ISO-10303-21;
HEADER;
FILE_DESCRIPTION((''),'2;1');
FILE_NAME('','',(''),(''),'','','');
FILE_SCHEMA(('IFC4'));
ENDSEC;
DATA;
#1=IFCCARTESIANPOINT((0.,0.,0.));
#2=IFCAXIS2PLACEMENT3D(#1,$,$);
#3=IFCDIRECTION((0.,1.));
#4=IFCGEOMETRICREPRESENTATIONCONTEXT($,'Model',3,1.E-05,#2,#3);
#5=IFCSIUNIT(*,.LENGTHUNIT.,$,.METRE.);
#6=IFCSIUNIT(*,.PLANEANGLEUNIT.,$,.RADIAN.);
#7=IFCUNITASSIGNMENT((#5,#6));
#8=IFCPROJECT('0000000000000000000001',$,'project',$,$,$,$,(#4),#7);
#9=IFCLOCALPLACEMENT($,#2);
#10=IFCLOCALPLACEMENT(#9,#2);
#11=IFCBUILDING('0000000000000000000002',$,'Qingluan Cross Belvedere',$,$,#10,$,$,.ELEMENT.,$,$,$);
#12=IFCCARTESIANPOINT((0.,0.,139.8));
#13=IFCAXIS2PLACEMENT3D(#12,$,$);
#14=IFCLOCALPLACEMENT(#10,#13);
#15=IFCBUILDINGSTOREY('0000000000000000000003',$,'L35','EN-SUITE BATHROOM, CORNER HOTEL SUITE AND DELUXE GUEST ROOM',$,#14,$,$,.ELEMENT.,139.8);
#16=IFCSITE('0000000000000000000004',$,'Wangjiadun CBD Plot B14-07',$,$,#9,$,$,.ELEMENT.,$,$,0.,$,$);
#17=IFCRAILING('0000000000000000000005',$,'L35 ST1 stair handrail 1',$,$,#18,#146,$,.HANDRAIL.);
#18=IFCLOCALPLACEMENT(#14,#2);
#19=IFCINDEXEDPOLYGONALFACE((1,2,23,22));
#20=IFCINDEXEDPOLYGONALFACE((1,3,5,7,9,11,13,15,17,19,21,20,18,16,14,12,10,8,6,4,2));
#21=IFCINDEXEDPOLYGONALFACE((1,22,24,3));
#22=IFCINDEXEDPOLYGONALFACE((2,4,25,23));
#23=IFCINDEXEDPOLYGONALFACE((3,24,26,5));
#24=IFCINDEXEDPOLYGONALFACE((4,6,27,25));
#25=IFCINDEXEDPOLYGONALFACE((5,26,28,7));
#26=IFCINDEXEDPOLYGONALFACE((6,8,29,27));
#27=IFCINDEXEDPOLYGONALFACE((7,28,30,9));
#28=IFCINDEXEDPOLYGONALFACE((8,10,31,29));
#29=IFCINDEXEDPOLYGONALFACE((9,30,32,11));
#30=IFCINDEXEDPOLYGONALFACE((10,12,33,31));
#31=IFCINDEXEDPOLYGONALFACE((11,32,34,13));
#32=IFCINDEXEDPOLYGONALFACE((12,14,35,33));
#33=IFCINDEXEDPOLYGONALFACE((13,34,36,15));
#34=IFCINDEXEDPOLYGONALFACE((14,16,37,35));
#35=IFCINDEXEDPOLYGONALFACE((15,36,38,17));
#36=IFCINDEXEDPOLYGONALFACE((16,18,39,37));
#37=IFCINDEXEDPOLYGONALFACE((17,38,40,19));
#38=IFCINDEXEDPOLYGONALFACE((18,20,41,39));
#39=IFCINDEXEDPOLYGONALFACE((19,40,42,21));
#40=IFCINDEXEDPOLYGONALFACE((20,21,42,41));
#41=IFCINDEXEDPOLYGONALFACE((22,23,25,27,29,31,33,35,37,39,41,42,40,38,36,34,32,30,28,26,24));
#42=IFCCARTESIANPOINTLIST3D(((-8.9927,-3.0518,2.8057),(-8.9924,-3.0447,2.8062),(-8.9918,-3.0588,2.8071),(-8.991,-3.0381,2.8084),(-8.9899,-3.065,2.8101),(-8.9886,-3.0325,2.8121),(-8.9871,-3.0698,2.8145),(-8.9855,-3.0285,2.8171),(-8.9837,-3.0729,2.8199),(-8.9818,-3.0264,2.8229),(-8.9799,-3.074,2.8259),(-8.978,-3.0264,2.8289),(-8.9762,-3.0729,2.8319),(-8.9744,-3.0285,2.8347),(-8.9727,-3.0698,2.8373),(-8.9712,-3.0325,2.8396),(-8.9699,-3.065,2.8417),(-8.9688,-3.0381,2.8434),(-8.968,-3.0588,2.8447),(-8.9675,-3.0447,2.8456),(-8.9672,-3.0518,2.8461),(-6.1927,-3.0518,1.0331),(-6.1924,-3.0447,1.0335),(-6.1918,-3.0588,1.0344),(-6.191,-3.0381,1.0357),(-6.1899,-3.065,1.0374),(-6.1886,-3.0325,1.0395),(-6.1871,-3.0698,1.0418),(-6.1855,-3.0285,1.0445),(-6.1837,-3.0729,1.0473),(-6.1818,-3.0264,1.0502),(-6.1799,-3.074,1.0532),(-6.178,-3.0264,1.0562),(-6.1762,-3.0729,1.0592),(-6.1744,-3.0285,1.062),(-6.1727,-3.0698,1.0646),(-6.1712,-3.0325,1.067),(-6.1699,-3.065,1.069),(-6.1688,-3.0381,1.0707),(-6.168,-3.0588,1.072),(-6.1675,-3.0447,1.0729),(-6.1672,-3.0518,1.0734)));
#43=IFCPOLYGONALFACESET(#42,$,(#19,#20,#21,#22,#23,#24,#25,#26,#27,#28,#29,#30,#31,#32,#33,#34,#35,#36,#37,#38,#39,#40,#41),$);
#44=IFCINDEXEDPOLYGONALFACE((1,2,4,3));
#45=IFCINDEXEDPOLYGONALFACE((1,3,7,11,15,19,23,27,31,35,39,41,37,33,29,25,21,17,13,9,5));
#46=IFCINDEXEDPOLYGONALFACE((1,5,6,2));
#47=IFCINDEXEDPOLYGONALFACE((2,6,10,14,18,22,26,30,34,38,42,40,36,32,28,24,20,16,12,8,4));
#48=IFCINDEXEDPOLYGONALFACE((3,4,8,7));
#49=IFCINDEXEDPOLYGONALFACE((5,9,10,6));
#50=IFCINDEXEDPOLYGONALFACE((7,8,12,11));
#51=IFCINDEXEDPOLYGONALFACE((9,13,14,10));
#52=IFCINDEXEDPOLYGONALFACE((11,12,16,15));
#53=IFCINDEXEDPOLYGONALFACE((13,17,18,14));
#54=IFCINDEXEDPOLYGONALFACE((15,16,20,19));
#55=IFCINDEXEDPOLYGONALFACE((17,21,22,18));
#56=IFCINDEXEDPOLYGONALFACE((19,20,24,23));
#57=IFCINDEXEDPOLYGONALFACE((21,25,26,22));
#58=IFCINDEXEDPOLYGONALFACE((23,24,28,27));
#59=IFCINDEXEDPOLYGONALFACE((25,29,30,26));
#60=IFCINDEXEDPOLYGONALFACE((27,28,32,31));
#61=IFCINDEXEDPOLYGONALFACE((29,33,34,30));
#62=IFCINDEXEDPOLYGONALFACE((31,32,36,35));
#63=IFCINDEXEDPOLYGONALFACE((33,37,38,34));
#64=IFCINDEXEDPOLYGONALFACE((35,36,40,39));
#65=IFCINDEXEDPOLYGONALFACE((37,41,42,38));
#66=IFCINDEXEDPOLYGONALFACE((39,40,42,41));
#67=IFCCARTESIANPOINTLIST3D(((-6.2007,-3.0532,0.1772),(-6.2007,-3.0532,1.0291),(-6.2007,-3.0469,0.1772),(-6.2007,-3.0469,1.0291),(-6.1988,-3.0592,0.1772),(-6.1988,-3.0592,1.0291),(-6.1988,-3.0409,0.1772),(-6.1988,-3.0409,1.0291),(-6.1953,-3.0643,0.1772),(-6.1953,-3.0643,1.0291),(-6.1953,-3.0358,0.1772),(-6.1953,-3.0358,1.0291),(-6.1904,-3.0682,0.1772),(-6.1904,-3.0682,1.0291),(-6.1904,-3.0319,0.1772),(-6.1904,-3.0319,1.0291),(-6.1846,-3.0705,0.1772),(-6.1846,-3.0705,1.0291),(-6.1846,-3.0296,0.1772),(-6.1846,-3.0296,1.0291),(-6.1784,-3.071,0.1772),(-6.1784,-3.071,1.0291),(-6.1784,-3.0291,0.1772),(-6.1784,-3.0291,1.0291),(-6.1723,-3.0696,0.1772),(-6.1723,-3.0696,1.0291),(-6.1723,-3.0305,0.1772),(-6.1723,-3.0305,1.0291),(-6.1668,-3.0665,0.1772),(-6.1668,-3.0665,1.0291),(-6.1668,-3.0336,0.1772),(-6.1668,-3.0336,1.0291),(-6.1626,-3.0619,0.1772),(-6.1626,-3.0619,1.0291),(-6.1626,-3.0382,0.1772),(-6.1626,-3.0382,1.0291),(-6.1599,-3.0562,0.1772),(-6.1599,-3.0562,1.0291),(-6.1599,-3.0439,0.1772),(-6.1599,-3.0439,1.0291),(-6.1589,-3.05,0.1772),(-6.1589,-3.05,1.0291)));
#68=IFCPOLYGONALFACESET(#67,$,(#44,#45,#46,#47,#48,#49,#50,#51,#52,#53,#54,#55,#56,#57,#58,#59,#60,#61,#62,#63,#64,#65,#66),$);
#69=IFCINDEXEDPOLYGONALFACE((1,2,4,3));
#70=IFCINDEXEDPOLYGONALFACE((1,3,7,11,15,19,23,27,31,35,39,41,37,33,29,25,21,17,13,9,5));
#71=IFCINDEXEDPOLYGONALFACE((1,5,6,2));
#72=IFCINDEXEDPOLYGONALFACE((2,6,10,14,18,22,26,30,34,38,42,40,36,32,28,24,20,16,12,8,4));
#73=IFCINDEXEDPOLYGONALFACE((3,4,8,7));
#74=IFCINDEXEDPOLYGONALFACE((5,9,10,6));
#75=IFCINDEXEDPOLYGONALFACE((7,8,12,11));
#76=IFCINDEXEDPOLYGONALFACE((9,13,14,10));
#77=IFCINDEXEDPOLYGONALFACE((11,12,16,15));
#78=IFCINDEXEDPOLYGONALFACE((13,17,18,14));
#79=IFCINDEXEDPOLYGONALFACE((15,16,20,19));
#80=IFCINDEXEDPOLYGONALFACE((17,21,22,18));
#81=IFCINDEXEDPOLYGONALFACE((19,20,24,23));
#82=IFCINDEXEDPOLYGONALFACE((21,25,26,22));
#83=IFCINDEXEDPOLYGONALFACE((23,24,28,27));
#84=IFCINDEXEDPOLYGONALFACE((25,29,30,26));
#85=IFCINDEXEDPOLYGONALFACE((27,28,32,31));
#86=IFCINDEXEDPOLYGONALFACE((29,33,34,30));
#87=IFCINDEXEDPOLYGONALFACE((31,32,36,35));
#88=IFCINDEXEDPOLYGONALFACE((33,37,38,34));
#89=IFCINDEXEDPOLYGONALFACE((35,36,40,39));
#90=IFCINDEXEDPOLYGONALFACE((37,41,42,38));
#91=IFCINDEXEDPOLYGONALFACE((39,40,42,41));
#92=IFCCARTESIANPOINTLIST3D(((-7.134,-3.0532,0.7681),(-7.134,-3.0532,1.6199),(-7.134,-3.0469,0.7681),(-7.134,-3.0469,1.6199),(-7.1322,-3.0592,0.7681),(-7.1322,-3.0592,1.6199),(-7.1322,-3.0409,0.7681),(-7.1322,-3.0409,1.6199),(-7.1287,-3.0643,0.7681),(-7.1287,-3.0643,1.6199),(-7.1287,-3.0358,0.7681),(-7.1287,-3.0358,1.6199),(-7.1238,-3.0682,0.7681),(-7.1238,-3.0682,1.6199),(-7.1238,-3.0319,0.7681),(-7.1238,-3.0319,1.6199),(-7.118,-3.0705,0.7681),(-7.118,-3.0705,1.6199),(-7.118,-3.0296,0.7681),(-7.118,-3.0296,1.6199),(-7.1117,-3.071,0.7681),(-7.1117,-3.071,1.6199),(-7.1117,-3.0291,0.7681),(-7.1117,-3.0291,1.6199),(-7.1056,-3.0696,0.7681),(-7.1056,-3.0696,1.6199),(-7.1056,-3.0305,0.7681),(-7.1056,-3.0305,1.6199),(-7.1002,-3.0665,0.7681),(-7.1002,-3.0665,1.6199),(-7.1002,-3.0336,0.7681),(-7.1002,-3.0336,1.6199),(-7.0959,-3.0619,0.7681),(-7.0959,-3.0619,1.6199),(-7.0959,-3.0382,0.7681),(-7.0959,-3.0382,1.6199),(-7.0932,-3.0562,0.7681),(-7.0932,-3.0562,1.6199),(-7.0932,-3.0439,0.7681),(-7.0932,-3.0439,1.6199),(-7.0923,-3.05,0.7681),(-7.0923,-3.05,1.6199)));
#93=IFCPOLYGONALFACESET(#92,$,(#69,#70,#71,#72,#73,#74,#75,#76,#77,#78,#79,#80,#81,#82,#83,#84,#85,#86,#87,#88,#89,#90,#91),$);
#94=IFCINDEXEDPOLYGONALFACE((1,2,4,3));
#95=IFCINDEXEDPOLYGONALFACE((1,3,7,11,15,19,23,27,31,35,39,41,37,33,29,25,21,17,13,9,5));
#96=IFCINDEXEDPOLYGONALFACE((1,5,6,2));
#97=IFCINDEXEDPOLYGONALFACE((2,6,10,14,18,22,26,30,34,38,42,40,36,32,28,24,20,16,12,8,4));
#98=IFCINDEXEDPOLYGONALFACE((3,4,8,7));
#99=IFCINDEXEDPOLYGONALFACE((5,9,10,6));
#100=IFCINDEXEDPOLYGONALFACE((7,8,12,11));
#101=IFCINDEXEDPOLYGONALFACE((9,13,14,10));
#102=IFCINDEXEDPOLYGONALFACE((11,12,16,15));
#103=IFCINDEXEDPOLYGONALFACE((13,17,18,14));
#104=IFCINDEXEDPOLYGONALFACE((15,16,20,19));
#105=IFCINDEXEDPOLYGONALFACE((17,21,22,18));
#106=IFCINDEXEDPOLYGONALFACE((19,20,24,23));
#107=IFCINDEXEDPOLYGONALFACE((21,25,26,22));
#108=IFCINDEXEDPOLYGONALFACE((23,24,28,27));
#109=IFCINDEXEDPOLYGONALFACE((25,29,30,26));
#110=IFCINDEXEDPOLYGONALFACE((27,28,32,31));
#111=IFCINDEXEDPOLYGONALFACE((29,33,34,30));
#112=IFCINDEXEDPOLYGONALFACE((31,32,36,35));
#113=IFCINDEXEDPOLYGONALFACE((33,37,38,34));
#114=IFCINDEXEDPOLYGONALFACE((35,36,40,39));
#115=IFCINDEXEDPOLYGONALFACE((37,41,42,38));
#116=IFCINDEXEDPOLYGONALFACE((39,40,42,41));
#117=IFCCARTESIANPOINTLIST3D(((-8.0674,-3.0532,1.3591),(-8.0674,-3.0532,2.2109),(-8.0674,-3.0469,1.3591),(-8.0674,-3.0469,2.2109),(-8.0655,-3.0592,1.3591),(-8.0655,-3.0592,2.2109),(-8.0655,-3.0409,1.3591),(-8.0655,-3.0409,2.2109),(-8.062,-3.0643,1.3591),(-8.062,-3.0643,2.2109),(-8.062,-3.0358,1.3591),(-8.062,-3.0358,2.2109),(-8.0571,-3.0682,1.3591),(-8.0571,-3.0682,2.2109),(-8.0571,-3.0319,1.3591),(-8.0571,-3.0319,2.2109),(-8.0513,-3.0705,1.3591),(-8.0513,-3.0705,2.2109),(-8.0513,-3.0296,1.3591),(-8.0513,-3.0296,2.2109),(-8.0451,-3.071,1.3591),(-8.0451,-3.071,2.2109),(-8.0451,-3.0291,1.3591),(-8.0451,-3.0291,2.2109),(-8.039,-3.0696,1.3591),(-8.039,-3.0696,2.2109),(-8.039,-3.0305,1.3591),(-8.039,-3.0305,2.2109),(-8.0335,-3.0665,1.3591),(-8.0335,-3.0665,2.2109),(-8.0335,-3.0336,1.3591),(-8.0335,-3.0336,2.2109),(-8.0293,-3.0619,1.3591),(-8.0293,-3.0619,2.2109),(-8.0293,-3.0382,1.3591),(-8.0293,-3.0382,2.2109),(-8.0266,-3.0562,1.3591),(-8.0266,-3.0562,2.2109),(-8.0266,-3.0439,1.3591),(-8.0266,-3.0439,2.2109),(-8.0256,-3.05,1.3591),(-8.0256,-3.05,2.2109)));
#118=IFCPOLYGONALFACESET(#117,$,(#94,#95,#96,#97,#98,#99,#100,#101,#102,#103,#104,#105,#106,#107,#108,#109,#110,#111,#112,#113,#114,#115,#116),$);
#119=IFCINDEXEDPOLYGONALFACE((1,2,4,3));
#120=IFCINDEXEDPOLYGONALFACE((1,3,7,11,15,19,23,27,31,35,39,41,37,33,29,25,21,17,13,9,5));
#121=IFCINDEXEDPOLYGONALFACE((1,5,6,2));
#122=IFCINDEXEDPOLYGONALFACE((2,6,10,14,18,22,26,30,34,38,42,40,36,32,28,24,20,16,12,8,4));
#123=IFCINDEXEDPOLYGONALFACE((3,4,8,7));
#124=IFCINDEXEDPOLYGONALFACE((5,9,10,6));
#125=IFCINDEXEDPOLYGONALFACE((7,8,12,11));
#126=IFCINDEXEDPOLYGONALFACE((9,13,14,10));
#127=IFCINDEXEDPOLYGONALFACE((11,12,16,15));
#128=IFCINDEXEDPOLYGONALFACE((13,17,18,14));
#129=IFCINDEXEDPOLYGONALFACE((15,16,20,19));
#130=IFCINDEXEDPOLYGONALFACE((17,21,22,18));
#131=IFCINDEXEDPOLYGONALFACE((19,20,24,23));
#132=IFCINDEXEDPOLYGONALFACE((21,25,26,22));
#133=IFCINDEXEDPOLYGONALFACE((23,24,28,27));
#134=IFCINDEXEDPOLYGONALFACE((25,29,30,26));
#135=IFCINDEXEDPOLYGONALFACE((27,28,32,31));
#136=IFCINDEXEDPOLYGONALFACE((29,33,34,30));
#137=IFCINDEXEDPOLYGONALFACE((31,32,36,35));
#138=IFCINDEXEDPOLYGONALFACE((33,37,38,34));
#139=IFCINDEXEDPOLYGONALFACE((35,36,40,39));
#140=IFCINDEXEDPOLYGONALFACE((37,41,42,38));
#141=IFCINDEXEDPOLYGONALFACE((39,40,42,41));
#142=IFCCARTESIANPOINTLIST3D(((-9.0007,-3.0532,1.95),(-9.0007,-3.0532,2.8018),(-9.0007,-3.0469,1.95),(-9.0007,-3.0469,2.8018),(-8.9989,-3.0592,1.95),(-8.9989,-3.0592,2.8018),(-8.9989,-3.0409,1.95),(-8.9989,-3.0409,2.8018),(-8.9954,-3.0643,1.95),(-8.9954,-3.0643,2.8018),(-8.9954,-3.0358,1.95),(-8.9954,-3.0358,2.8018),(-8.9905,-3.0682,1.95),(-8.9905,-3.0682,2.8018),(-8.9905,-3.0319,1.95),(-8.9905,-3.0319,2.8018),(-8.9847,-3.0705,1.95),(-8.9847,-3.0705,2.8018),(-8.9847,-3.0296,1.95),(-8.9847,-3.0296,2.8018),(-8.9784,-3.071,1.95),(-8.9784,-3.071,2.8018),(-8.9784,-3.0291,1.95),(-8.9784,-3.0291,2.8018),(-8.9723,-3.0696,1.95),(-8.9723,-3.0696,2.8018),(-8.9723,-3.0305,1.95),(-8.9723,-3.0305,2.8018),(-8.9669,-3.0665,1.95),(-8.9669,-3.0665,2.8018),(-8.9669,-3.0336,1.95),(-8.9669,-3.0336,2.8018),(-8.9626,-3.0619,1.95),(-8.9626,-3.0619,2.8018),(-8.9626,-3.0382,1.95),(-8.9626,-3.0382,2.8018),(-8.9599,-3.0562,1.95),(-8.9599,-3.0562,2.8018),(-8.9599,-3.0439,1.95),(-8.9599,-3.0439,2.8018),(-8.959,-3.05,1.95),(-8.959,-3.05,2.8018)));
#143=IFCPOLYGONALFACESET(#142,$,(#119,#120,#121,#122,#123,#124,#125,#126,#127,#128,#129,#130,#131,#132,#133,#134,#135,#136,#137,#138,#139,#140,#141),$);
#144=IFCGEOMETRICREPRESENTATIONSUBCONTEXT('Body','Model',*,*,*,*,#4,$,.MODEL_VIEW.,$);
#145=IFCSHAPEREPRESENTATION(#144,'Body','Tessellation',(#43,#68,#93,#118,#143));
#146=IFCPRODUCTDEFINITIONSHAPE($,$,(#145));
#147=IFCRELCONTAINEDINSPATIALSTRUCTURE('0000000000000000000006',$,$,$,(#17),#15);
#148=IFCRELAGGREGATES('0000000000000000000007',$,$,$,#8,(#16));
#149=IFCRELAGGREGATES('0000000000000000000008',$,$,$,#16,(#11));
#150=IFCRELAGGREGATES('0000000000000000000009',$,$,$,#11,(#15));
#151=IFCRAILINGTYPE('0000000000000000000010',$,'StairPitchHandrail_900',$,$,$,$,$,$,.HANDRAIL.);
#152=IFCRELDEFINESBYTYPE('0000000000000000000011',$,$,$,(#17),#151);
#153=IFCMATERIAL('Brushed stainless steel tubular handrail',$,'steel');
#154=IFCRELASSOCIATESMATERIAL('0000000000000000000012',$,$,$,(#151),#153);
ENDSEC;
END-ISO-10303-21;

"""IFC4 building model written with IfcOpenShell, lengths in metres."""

from ifc_helpers import new_model, si_unit, direction, frame, origin, origin_2d, place, context, subcontext, project, spatial, circle, extrude, material, type_object, element, save


model = new_model("IFC4")

# Units and contexts
model_context = context("Model", 3, precision=1e-05, world=origin(), true_north=direction((0.0, 1.0)))
body_context = subcontext(model_context, "Body", "Model", "MODEL_VIEW")
ifc_project = project(units=[si_unit("LENGTHUNIT", "METRE"), si_unit("PLANEANGLEUNIT", "RADIAN")], contexts=[model_context])

# Site, building, storey
site_placement = place(None, origin())
site = spatial("IfcSite", under=ifc_project, at=site_placement, Name="Wangjiadun CBD Plot B14-07", CompositionType="ELEMENT", RefElevation=0.0)
building_placement = place(site_placement, origin())
building = spatial("IfcBuilding", under=site, at=building_placement, Name="Qingluan Cross Belvedere", CompositionType="ELEMENT")
storey_placement = place(building_placement, frame((0.0, 0.0, 139.8)))
storey = spatial("IfcBuildingStorey", under=building, at=storey_placement, Name="L35", Description="EN-SUITE BATHROOM, CORNER HOTEL SUITE AND DELUXE GUEST ROOM", CompositionType="ELEMENT", Elevation=139.8)

# Railing
ifc_material_1 = material(Name="Brushed stainless steel tubular handrail", Category="steel")
railing_type_1 = type_object("IfcRailingType", Name="StairPitchHandrail_900", PredefinedType="HANDRAIL", material=ifc_material_1)
railing_1_placement = place(storey_placement, frame((-6.1799, -3.05, 0.1772)))
element("IfcRailing", 1, at=railing_1_placement, inside=storey, type_object=railing_type_1, Name="L35 ST1 stair handrail 1", PredefinedType="HANDRAIL", context=body_context, shape_type="SweptSolid", body=[
    extrude(circle(Radius=0.0239, at=origin_2d()), frame((0.0, 0.0, 0.876), z_axis=(-0.844909, 0.0, 0.53491), x_axis=(0.0, -1.0, 0.0)), (0.0, 0.0, 1.0), 3.314),
    extrude(circle(Radius=0.021, at=origin_2d()), origin(), (0.0, 0.0, 1.0), 0.8518),
    extrude(circle(Radius=0.021, at=origin_2d()), frame((-0.9333, 0.0, 0.5908)), (0.0, 0.0, 1.0), 0.8518),
    extrude(circle(Radius=0.021, at=origin_2d()), frame((-1.8667, 0.0, 1.1819)), (0.0, 0.0, 1.0), 0.8518),
    extrude(circle(Radius=0.021, at=origin_2d()), frame((-2.8, 0.0, 1.7727)), (0.0, 0.0, 1.0), 0.8518),
])

save(model, "model.ifc")
